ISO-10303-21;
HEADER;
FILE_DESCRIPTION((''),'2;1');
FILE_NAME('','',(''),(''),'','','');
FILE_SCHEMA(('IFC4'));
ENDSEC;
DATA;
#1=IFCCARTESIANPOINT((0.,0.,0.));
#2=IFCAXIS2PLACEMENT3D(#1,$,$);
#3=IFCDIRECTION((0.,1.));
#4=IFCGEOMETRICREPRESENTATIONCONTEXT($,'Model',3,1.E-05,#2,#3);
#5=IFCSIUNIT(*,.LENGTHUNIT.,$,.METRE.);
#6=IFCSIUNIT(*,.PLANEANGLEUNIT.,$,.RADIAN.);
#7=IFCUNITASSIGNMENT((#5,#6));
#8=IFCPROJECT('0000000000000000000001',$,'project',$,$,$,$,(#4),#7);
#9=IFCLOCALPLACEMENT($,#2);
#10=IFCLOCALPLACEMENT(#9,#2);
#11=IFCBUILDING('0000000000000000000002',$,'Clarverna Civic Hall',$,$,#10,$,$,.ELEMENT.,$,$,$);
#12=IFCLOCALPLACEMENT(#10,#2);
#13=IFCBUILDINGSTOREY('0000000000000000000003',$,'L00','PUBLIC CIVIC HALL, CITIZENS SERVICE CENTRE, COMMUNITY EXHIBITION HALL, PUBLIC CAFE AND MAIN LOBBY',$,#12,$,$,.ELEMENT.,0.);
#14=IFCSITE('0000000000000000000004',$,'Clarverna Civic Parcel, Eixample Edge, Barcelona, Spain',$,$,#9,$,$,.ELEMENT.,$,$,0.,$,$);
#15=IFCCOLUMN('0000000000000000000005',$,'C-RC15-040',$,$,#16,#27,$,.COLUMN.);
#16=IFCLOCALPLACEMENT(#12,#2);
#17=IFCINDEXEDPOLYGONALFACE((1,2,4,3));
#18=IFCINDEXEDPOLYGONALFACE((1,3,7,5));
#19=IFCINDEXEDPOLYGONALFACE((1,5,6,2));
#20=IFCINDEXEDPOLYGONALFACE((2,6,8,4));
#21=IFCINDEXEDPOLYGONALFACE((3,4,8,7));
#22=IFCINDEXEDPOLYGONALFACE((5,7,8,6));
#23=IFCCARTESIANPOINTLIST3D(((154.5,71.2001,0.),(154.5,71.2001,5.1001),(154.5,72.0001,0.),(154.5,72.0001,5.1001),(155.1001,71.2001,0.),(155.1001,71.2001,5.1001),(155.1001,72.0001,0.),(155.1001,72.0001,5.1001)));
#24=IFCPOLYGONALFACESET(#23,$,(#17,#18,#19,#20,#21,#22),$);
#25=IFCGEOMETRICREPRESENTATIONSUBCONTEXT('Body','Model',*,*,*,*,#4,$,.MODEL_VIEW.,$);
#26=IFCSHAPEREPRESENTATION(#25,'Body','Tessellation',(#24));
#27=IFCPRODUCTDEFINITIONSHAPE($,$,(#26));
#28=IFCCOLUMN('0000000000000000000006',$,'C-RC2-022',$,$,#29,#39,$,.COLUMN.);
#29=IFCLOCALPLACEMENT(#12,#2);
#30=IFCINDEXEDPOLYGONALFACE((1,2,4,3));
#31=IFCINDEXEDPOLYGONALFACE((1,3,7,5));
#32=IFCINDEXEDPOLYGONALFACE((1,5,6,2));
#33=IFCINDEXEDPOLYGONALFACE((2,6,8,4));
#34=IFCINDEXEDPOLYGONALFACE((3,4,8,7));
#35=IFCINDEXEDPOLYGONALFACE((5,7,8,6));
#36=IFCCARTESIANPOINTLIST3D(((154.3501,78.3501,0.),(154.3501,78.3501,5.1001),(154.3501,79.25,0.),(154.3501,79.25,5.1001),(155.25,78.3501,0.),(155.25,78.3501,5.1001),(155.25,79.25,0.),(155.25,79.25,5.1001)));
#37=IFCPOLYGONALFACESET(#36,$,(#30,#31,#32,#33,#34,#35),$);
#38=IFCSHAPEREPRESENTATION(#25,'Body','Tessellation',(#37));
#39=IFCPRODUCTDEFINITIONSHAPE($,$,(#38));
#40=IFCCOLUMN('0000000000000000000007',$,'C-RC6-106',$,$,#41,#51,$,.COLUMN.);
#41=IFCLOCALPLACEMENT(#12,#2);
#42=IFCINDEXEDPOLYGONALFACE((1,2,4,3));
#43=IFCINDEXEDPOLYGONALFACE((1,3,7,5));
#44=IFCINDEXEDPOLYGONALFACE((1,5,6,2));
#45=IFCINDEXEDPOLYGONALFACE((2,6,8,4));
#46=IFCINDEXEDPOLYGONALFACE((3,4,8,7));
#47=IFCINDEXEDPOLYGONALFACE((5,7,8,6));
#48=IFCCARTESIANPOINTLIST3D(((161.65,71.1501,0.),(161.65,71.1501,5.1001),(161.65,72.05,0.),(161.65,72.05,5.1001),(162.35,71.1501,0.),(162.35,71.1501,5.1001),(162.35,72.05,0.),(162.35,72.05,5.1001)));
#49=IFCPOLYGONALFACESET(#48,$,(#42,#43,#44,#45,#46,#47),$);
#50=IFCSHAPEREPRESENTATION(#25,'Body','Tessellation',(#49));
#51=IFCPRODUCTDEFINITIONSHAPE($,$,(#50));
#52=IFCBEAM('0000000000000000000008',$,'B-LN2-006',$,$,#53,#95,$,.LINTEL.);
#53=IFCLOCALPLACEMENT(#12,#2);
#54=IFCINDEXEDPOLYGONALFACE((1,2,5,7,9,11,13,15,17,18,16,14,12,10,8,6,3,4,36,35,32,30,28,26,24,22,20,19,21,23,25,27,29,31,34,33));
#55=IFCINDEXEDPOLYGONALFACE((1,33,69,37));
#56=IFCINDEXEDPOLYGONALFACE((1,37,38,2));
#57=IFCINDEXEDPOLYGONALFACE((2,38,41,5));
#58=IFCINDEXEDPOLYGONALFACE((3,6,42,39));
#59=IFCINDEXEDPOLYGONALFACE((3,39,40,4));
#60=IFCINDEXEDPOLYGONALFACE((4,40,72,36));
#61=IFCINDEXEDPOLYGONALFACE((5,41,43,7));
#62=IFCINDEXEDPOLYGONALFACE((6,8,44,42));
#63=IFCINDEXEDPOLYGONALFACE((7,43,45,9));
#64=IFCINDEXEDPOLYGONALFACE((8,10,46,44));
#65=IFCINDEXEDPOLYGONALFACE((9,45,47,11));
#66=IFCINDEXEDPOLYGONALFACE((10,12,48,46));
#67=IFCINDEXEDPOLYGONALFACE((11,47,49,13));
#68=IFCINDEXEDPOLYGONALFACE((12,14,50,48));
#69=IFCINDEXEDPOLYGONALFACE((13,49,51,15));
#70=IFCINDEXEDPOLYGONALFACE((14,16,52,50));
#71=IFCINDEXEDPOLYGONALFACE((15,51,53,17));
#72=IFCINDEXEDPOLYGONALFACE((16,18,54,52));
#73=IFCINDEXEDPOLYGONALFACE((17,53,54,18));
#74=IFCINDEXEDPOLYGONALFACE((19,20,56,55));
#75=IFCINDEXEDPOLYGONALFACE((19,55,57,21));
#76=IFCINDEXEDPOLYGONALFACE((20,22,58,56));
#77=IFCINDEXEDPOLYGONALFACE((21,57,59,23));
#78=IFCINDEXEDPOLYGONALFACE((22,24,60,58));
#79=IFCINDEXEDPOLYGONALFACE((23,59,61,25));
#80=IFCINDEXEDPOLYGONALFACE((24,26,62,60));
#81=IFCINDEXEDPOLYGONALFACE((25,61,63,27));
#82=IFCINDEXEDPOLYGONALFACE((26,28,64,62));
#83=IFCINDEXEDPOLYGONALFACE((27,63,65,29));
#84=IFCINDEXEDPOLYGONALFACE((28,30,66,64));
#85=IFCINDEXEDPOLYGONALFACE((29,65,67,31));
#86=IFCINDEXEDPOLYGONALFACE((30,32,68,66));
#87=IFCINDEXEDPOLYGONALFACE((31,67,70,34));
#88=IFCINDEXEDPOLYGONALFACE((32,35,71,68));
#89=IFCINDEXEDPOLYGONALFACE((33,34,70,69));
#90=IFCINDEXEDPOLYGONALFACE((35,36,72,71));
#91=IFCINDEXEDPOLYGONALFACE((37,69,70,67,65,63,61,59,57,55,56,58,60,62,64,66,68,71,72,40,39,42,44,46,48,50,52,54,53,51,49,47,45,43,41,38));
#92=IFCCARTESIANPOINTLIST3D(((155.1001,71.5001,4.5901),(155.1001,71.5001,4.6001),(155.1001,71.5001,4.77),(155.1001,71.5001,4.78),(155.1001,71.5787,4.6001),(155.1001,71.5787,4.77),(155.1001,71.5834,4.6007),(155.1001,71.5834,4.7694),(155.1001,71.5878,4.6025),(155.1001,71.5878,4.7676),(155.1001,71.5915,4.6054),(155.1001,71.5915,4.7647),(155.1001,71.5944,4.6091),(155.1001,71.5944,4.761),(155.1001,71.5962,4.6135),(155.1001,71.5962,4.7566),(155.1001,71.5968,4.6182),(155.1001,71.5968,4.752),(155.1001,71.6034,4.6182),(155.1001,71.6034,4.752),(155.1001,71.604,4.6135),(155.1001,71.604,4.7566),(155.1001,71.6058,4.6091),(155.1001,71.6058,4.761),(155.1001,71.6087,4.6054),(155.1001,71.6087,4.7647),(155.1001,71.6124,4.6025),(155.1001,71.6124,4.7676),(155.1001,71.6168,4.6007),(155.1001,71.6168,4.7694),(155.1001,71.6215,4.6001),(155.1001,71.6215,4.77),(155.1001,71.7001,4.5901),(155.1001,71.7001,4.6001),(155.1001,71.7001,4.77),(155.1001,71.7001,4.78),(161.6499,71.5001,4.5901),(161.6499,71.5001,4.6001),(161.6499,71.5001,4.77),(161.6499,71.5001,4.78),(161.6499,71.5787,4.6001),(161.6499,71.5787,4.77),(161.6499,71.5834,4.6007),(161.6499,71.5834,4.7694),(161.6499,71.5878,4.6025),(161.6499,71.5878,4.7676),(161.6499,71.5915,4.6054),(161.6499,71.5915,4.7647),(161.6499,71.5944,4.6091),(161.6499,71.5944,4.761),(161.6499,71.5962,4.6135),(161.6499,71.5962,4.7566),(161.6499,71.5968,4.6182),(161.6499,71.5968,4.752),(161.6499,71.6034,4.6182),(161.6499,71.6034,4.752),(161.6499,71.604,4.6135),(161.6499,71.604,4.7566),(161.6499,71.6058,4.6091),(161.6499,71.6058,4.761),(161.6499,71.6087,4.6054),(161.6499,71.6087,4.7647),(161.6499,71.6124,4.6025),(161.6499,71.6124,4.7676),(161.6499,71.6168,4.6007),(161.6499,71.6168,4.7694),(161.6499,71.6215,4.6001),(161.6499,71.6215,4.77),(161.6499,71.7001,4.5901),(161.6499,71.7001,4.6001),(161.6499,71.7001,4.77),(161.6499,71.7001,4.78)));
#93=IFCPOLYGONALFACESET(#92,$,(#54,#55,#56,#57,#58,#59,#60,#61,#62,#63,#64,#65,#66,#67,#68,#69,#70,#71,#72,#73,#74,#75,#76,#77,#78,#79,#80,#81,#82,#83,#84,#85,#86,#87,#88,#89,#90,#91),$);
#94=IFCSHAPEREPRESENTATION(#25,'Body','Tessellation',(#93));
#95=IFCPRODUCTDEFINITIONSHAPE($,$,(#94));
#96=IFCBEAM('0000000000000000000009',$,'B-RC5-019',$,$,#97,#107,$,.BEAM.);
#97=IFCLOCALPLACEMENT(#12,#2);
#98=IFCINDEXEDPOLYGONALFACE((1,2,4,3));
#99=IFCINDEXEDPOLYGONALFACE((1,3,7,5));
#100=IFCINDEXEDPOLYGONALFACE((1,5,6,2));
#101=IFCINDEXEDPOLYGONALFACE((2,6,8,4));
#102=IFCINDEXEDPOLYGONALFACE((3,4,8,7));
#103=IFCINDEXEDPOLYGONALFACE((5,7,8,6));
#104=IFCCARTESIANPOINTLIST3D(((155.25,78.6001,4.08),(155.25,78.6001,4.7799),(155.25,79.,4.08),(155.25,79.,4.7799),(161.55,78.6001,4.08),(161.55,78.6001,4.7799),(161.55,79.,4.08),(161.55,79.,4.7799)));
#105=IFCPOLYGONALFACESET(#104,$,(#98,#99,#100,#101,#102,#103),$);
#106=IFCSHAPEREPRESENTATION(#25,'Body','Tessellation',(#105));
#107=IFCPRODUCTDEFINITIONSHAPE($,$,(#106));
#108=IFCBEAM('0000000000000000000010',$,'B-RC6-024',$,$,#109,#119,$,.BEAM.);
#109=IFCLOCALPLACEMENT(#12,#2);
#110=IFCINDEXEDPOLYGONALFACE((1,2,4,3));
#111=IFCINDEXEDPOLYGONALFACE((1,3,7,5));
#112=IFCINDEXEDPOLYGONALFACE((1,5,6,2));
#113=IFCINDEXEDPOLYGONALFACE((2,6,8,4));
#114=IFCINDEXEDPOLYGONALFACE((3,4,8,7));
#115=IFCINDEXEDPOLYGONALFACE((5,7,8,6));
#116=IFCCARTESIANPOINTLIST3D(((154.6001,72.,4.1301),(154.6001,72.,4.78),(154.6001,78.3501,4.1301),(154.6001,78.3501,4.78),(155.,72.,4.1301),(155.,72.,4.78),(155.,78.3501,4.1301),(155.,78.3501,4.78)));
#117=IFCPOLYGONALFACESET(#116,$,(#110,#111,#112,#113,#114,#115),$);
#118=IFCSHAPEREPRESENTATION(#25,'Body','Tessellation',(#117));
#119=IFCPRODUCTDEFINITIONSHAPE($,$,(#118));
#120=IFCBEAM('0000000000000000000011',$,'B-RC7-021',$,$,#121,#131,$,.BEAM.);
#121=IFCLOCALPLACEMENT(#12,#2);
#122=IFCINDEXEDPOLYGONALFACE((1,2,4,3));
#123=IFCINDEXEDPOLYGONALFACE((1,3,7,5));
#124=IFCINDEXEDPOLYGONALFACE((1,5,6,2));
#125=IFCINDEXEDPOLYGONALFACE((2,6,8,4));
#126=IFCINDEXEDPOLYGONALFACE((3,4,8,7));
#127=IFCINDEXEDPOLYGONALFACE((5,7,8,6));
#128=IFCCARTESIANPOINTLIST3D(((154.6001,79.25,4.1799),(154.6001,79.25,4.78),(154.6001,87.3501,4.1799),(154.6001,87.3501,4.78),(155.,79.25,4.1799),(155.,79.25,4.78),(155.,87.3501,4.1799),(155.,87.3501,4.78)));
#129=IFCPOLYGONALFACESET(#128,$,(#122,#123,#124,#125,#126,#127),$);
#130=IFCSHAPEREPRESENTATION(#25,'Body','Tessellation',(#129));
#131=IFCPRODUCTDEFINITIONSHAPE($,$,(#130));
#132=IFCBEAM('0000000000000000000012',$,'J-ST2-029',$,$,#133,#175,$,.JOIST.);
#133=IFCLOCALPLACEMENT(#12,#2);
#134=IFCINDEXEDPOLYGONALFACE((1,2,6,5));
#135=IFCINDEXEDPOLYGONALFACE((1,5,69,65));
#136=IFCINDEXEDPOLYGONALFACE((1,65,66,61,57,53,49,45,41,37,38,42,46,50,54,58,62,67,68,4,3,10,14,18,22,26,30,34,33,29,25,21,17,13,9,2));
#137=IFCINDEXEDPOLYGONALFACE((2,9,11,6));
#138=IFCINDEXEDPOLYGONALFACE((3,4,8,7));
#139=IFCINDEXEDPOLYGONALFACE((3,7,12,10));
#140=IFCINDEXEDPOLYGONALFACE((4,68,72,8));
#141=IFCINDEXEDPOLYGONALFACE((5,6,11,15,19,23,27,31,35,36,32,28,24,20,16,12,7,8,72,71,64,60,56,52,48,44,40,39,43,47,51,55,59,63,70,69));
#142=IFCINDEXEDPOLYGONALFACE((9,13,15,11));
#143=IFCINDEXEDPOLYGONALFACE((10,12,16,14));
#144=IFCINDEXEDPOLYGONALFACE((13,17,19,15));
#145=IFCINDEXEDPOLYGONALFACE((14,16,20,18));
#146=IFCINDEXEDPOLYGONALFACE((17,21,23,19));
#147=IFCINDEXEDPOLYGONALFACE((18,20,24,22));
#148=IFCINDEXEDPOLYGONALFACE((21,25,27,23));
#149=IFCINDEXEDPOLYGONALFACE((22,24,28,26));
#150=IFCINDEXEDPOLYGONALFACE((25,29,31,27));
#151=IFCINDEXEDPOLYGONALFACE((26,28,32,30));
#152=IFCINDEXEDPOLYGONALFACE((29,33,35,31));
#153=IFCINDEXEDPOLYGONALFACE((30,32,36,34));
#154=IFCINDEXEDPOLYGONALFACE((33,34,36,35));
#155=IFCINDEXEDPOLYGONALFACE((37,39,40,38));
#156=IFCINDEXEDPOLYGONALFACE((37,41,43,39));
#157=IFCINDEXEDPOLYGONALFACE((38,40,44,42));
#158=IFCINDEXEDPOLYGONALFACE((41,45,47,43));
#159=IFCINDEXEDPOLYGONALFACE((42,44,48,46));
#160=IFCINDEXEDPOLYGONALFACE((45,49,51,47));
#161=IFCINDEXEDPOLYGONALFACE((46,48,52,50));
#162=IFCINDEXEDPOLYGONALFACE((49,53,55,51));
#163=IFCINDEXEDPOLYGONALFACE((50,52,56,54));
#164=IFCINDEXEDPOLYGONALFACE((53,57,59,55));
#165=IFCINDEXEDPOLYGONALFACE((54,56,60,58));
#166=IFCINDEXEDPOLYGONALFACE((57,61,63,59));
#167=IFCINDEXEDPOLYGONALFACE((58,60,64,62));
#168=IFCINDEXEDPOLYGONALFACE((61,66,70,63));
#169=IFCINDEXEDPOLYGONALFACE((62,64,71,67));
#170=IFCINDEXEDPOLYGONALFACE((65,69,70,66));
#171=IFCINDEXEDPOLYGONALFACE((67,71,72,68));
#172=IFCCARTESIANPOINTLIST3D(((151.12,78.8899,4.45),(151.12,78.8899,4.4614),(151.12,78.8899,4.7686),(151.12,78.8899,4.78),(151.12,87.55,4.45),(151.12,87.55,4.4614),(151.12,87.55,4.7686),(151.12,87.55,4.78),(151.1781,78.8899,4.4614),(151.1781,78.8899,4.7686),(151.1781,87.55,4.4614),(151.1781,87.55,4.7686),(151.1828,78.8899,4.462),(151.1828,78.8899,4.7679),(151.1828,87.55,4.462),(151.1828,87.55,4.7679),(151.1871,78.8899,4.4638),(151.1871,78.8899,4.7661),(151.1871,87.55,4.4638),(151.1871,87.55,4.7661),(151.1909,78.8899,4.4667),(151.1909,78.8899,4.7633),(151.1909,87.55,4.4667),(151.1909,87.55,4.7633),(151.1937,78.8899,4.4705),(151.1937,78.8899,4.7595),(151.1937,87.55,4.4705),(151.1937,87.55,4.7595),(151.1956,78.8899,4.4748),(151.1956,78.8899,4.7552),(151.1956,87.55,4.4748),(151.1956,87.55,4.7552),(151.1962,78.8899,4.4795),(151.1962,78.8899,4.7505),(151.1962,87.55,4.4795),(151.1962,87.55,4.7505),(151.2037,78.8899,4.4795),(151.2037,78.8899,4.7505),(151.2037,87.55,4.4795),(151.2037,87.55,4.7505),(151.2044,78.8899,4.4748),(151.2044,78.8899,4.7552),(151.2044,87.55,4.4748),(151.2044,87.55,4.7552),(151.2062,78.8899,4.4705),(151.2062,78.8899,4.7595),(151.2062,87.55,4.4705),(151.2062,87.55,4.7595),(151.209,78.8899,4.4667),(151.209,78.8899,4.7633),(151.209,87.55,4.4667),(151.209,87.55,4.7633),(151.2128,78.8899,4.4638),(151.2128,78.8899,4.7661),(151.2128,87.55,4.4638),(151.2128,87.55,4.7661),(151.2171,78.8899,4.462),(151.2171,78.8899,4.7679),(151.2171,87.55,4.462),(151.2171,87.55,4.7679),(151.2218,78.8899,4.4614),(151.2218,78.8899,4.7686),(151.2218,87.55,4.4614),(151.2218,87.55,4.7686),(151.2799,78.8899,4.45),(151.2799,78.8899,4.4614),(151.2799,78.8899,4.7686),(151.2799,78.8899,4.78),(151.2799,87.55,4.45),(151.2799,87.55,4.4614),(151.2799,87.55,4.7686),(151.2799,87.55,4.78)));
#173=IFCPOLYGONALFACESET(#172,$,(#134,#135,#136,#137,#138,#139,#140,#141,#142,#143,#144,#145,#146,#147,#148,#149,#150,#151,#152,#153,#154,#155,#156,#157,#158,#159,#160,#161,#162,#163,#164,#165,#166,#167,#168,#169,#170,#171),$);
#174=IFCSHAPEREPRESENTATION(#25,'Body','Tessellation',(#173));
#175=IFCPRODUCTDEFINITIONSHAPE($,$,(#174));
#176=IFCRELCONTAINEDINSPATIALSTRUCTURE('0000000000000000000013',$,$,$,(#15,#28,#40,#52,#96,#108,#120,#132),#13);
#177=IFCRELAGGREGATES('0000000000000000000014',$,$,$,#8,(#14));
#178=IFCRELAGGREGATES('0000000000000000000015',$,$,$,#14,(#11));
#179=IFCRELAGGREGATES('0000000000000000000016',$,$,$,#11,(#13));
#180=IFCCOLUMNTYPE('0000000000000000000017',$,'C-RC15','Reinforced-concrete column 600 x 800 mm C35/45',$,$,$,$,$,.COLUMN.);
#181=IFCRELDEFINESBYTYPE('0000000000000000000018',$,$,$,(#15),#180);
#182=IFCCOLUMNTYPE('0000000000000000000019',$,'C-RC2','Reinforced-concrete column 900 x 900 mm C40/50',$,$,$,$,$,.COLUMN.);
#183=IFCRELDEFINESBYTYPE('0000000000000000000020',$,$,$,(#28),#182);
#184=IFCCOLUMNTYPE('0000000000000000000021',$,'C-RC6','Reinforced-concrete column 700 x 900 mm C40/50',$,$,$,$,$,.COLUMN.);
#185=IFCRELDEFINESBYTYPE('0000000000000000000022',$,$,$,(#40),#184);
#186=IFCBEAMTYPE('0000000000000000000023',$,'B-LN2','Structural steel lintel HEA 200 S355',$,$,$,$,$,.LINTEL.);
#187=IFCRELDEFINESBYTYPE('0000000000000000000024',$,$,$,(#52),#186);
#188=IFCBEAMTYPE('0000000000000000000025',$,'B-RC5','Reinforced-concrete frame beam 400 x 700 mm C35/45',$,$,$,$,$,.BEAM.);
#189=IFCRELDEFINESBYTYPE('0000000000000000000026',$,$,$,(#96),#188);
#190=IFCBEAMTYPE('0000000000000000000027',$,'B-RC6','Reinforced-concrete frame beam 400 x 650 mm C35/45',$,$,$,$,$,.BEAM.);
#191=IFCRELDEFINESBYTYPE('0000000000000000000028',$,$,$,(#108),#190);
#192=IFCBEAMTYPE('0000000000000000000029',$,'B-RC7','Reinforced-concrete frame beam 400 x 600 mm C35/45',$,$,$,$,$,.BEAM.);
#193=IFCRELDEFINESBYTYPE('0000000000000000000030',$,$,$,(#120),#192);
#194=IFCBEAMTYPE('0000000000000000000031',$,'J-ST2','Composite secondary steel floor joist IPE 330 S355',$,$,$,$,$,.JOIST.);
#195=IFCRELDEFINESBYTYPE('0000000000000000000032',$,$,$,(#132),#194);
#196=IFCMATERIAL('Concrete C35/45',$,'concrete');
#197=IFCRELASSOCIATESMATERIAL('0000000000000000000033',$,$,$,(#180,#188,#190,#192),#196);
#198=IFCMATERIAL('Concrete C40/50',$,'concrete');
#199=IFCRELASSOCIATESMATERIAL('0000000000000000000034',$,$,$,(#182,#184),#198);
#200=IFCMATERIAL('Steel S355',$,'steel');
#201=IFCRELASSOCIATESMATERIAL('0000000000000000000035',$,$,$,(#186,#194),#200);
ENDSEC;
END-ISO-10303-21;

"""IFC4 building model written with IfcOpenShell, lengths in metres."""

from ifc_helpers import new_model, si_unit, direction, frame, origin, origin_2d, place, context, subcontext, project, spatial, rectangle, i_section, extrude, material, material_profile, profile_set, type_object, element, save


model = new_model("IFC4")

# Units and contexts
model_context = context("Model", 3, precision=1e-05, world=origin(), true_north=direction((0.0, 1.0)))
body_context = subcontext(model_context, "Body", "Model", "MODEL_VIEW")
ifc_project = project(units=[si_unit("LENGTHUNIT", "METRE"), si_unit("PLANEANGLEUNIT", "RADIAN")], contexts=[model_context])

# Site, building, storey
site_placement = place(None, origin())
site = spatial("IfcSite", under=ifc_project, at=site_placement, Name="Clarverna Civic Parcel, Eixample Edge, Barcelona, Spain", CompositionType="ELEMENT", RefElevation=0.0)
building_placement = place(site_placement, origin())
building = spatial("IfcBuilding", under=site, at=building_placement, Name="Clarverna Civic Hall", CompositionType="ELEMENT")
storey_placement = place(building_placement, origin())
storey = spatial("IfcBuildingStorey", under=building, at=storey_placement, Name="L00", Description="PUBLIC CIVIC HALL, CITIZENS SERVICE CENTRE, COMMUNITY EXHIBITION HALL, PUBLIC CAFE AND MAIN LOBBY", CompositionType="ELEMENT", Elevation=0.0)

# Columns
ifc_material_1 = material(Name="Concrete C35/45", Category="concrete")
ifc_material_profile_1 = material_profile(ifc_material_1, rectangle(XDim=0.6001, YDim=0.8, at=origin_2d()), Name="RC 600x800")
ifc_profile_set_1 = profile_set([ifc_material_profile_1], Name="Concrete C35/45")
column_type_1 = type_object("IfcColumnType", Name="C-RC15", Description="Reinforced-concrete column 600 x 800 mm C35/45", PredefinedType="COLUMN", material=ifc_profile_set_1)
column_1_placement = place(storey_placement, frame((154.8, 71.6001, 0.0), z_axis=(0.0, 0.0, 1.0), x_axis=(1.0, 0.0, 0.0)))
element("IfcColumn", 1, at=column_1_placement, inside=storey, type_object=column_type_1, Name="C-RC15-040", PredefinedType="COLUMN", context=body_context, shape_type="SweptSolid", body=[
    extrude(rectangle(XDim=0.6001, YDim=0.8, at=origin_2d()), origin(), (0.0, 0.0, 1.0), 5.1001),
])
ifc_material_2 = material(Name="Concrete C40/50", Category="concrete")
ifc_material_profile_2 = material_profile(ifc_material_2, rectangle(XDim=0.8999, YDim=0.8999, at=origin_2d()), Name="RC 900x900")
ifc_profile_set_2 = profile_set([ifc_material_profile_2], Name="Concrete C40/50")
column_type_2 = type_object("IfcColumnType", Name="C-RC2", Description="Reinforced-concrete column 900 x 900 mm C40/50", PredefinedType="COLUMN", material=ifc_profile_set_2)
column_2_placement = place(storey_placement, frame((154.8, 78.8, 0.0), z_axis=(0.0, 0.0, 1.0), x_axis=(1.0, 0.0, 0.0)))
element("IfcColumn", 2, at=column_2_placement, inside=storey, type_object=column_type_2, Name="C-RC2-022", PredefinedType="COLUMN", context=body_context, shape_type="SweptSolid", body=[
    extrude(rectangle(XDim=0.8999, YDim=0.8999, at=origin_2d()), origin(), (0.0, 0.0, 1.0), 5.1001),
])
ifc_material_profile_3 = material_profile(ifc_material_2, rectangle(XDim=0.7, YDim=0.8999, at=origin_2d()), Name="RC 700x900")
ifc_profile_set_3 = profile_set([ifc_material_profile_3], Name="Concrete C40/50")
column_type_3 = type_object("IfcColumnType", Name="C-RC6", Description="Reinforced-concrete column 700 x 900 mm C40/50", PredefinedType="COLUMN", material=ifc_profile_set_3)
column_3_placement = place(storey_placement, frame((162.0, 71.6001, 0.0), z_axis=(0.0, 0.0, 1.0), x_axis=(1.0, 0.0, 0.0)))
element("IfcColumn", 3, at=column_3_placement, inside=storey, type_object=column_type_3, Name="C-RC6-106", PredefinedType="COLUMN", context=body_context, shape_type="SweptSolid", body=[
    extrude(rectangle(XDim=0.7, YDim=0.8999, at=origin_2d()), origin(), (0.0, 0.0, 1.0), 5.1001),
])

# Beams
ifc_material_3 = material(Name="Steel S355", Category="steel")
ifc_material_profile_4 = material_profile(ifc_material_3, i_section(OverallWidth=0.2, OverallDepth=0.1899, WebThickness=0.0066, FlangeThickness=0.01, FilletRadius=0.0181, at=origin_2d()), Name="HEA 200")
ifc_profile_set_4 = profile_set([ifc_material_profile_4], Name="Steel S355")
beam_type_1 = type_object("IfcBeamType", Name="B-LN2", Description="Structural steel lintel HEA 200 S355", PredefinedType="LINTEL", material=ifc_profile_set_4)
beam_1_placement = place(storey_placement, frame((155.1001, 71.6001, 4.6851), z_axis=(1.0, 0.0, 0.0), x_axis=(0.0, 1.0, 0.0)))
element("IfcBeam", 4, at=beam_1_placement, inside=storey, type_object=beam_type_1, Name="B-LN2-006", PredefinedType="LINTEL", context=body_context, shape_type="SweptSolid", body=[
    extrude(i_section(OverallWidth=0.2, OverallDepth=0.1899, WebThickness=0.0066, FlangeThickness=0.01, FilletRadius=0.0181, at=origin_2d()), origin(), (0.0, 0.0, 1.0), 6.5498),
])
ifc_material_profile_5 = material_profile(ifc_material_1, rectangle(XDim=0.3999, YDim=0.7, at=origin_2d()), Name="RC 400x700")
ifc_profile_set_5 = profile_set([ifc_material_profile_5], Name="Concrete C35/45")
beam_type_2 = type_object("IfcBeamType", Name="B-RC5", Description="Reinforced-concrete frame beam 400 x 700 mm C35/45", PredefinedType="BEAM", material=ifc_profile_set_5)
beam_2_placement = place(storey_placement, frame((155.25, 78.8, 4.4299), z_axis=(1.0, 0.0, 0.0), x_axis=(0.0, 1.0, 0.0)))
element("IfcBeam", 5, at=beam_2_placement, inside=storey, type_object=beam_type_2, Name="B-RC5-019", PredefinedType="BEAM", context=body_context, shape_type="SweptSolid", body=[
    extrude(rectangle(XDim=0.3999, YDim=0.7, at=origin_2d()), origin(), (0.0, 0.0, 1.0), 6.3),
])
ifc_material_profile_6 = material_profile(ifc_material_1, rectangle(XDim=0.3999, YDim=0.6499, at=origin_2d()), Name="RC 400x650")
ifc_profile_set_6 = profile_set([ifc_material_profile_6], Name="Concrete C35/45")
beam_type_3 = type_object("IfcBeamType", Name="B-RC6", Description="Reinforced-concrete frame beam 400 x 650 mm C35/45", PredefinedType="BEAM", material=ifc_profile_set_6)
beam_3_placement = place(storey_placement, frame((154.8, 72.0, 4.4551), z_axis=(0.0, 1.0, 0.0), x_axis=(-1.0, 0.0, 0.0)))
element("IfcBeam", 6, at=beam_3_placement, inside=storey, type_object=beam_type_3, Name="B-RC6-024", PredefinedType="BEAM", context=body_context, shape_type="SweptSolid", body=[
    extrude(rectangle(XDim=0.3999, YDim=0.6499, at=origin_2d()), origin(), (0.0, 0.0, 1.0), 6.3501),
])
ifc_material_profile_7 = material_profile(ifc_material_1, rectangle(XDim=0.3999, YDim=0.6001, at=origin_2d()), Name="RC 400x600")
ifc_profile_set_7 = profile_set([ifc_material_profile_7], Name="Concrete C35/45")
beam_type_4 = type_object("IfcBeamType", Name="B-RC7", Description="Reinforced-concrete frame beam 400 x 600 mm C35/45", PredefinedType="BEAM", material=ifc_profile_set_7)
beam_4_placement = place(storey_placement, frame((154.8, 79.25, 4.48), z_axis=(0.0, 1.0, 0.0), x_axis=(-1.0, 0.0, 0.0)))
element("IfcBeam", 7, at=beam_4_placement, inside=storey, type_object=beam_type_4, Name="B-RC7-021", PredefinedType="BEAM", context=body_context, shape_type="SweptSolid", body=[
    extrude(rectangle(XDim=0.3999, YDim=0.6001, at=origin_2d()), origin(), (0.0, 0.0, 1.0), 8.1001),
])
ifc_material_profile_8 = material_profile(ifc_material_3, i_section(OverallWidth=0.1599, OverallDepth=0.3301, WebThickness=0.0076, FlangeThickness=0.0115, FilletRadius=0.0181, at=origin_2d()), Name="IPE 330")
ifc_profile_set_8 = profile_set([ifc_material_profile_8], Name="Steel S355")
beam_type_5 = type_object("IfcBeamType", Name="J-ST2", Description="Composite secondary steel floor joist IPE 330 S355", PredefinedType="JOIST", material=ifc_profile_set_8)
beam_5_placement = place(storey_placement, frame((151.2, 78.8899, 4.615), z_axis=(0.0, 1.0, 0.0), x_axis=(-1.0, 0.0, 0.0)))
element("IfcBeam", 8, at=beam_5_placement, inside=storey, type_object=beam_type_5, Name="J-ST2-029", PredefinedType="JOIST", context=body_context, shape_type="SweptSolid", body=[
    extrude(i_section(OverallWidth=0.1599, OverallDepth=0.3301, WebThickness=0.0076, FlangeThickness=0.0115, FilletRadius=0.0181, at=origin_2d()), origin(), (0.0, 0.0, 1.0), 8.6602),
])

save(model, "model.ifc")
